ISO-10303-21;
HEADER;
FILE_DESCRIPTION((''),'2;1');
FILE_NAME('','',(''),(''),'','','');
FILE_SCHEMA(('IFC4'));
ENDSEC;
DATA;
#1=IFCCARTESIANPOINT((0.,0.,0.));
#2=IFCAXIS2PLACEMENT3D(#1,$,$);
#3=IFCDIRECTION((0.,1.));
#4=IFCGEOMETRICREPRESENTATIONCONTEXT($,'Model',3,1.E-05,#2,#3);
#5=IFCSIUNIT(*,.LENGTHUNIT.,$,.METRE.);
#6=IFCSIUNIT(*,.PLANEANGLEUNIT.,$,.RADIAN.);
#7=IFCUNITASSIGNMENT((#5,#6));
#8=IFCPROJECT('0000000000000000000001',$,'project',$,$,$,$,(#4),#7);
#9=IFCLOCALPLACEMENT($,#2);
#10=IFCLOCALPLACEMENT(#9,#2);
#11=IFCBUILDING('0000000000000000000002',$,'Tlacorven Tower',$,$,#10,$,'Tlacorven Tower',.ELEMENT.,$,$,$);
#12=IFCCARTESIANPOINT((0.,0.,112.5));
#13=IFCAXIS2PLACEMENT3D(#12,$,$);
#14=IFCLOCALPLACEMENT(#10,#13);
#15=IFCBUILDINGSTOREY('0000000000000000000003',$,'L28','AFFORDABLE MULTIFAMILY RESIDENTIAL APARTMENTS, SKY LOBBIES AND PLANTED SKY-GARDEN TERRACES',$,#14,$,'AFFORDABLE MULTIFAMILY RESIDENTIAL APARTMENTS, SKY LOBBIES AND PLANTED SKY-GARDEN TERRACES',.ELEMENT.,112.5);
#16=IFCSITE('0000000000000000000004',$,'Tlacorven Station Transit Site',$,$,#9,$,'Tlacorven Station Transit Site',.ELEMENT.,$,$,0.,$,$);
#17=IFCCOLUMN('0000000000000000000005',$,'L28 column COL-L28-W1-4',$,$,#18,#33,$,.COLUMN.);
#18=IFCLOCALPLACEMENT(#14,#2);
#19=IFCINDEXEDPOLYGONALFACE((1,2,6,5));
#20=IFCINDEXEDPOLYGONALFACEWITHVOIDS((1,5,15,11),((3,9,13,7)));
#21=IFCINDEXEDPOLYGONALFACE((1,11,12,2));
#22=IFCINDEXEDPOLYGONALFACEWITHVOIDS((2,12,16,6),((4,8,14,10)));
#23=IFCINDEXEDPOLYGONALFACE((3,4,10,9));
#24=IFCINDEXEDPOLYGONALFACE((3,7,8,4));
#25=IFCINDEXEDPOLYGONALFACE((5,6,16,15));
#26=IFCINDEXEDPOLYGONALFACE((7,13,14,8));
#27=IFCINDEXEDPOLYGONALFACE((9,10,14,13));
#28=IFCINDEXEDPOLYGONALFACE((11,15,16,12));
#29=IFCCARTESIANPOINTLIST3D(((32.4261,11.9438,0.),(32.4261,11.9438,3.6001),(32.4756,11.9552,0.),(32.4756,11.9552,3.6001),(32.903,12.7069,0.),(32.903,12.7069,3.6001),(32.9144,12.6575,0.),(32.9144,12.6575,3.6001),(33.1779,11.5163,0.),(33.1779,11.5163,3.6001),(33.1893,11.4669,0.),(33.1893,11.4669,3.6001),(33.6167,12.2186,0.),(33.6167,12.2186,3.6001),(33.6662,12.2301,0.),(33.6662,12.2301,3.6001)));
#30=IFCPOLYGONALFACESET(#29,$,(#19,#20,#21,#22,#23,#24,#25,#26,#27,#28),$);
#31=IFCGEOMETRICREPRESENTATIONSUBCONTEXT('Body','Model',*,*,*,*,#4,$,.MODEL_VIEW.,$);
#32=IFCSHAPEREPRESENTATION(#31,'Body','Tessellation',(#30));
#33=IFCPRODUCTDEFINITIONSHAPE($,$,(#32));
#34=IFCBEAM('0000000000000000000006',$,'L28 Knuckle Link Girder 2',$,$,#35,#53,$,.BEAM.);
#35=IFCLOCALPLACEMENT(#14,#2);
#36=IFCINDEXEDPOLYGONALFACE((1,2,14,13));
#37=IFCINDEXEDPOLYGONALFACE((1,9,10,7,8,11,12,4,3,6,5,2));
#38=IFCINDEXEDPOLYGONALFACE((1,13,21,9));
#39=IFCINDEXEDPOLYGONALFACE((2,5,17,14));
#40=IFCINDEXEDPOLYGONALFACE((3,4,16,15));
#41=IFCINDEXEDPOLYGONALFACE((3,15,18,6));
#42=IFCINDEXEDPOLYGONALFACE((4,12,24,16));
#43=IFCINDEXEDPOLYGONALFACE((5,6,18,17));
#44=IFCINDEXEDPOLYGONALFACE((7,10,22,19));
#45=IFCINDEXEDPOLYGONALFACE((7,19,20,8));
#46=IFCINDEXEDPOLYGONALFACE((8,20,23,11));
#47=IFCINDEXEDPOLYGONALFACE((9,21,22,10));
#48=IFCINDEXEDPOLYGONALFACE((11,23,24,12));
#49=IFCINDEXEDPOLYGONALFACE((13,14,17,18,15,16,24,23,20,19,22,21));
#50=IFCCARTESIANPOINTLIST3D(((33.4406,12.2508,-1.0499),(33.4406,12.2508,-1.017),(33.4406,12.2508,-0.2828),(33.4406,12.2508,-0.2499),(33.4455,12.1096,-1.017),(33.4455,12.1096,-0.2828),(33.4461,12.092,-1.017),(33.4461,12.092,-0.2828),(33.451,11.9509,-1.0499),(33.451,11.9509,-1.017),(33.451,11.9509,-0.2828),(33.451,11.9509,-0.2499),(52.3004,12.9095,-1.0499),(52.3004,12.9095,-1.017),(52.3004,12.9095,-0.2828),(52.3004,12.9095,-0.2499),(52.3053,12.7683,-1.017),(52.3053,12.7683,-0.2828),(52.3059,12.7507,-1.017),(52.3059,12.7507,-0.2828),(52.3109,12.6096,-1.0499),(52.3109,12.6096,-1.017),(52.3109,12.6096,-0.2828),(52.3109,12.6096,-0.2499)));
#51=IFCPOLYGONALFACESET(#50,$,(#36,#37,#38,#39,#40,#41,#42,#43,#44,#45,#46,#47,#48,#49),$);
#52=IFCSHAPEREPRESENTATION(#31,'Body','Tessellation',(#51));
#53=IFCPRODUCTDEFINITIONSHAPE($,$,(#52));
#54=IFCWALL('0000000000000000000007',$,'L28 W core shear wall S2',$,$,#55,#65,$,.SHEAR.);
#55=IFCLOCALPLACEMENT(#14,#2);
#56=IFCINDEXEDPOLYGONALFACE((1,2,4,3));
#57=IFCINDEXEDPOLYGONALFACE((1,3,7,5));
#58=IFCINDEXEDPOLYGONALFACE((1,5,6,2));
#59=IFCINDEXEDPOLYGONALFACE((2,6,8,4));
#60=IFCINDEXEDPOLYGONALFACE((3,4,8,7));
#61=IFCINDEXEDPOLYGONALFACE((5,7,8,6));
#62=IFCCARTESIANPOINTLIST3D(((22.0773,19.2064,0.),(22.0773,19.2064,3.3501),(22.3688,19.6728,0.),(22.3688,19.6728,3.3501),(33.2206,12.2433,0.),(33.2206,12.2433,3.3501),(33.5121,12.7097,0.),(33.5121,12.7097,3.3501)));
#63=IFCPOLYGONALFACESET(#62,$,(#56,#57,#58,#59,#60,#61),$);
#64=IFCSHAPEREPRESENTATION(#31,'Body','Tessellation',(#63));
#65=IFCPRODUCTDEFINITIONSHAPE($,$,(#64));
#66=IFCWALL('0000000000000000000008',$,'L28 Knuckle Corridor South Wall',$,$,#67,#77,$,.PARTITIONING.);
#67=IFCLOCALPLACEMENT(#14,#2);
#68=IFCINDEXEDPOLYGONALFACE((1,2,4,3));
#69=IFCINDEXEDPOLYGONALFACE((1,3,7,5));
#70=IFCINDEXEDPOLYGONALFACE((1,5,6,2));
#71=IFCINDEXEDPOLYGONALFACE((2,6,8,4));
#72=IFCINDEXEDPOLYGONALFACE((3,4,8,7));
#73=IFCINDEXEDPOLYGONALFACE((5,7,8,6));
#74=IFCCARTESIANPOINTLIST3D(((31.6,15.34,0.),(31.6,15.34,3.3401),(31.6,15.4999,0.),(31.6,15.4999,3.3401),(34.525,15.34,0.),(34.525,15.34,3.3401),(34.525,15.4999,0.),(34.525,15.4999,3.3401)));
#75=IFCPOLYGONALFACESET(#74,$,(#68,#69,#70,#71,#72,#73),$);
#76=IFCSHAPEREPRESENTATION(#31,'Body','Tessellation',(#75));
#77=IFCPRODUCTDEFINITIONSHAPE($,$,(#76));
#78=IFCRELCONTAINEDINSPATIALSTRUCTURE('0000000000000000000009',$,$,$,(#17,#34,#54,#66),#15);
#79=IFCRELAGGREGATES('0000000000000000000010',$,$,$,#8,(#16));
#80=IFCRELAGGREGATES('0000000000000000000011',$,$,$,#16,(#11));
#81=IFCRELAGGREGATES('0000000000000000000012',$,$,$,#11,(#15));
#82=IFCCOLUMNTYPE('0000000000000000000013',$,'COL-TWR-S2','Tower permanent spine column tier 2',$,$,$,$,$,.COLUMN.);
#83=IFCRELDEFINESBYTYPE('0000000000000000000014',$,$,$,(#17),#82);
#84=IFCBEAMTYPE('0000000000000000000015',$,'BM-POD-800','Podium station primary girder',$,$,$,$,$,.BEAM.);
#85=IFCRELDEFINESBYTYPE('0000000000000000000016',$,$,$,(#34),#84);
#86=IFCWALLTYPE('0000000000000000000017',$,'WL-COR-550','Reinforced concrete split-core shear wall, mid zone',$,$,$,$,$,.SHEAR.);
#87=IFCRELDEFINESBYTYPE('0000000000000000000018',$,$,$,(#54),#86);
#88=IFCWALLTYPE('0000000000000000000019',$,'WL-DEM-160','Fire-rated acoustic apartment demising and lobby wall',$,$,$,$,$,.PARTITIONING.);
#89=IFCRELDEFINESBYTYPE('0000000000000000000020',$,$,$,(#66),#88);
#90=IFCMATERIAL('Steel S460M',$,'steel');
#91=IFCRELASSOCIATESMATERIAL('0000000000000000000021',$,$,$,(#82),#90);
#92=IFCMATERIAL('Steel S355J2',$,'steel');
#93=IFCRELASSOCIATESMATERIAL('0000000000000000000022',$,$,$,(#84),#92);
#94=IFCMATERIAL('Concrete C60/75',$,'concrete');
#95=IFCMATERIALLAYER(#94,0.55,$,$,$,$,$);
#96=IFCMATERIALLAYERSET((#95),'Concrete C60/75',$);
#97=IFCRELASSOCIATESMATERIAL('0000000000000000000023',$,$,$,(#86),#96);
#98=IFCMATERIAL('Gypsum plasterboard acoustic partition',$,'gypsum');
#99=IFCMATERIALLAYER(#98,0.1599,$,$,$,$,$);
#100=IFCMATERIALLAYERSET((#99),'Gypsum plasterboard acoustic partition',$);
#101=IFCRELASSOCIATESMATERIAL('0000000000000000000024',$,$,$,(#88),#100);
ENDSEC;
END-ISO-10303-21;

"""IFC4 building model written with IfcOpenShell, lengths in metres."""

from ifc_helpers import new_model, si_unit, direction, frame, frame_2d, origin, origin_2d, place, context, subcontext, project, spatial, rectangle, hollow_rectangle, i_section, extrude, source, transform, mapped, material, layer, layer_set, material_profile, profile_set, type_object, element, save


model = new_model("IFC4")

# Units and contexts
model_context = context("Model", 3, precision=1e-05, world=origin(), true_north=direction((0.0, 1.0)))
body_context = subcontext(model_context, "Body", "Model", "MODEL_VIEW")
ifc_project = project(units=[si_unit("LENGTHUNIT", "METRE"), si_unit("PLANEANGLEUNIT", "RADIAN")], contexts=[model_context])

# Site, building, storey
site_placement = place(None, origin())
site = spatial("IfcSite", under=ifc_project, at=site_placement, Name="Tlacorven Station Transit Site", LongName="Tlacorven Station Transit Site", CompositionType="ELEMENT", RefElevation=0.0)
building_placement = place(site_placement, origin())
building = spatial("IfcBuilding", under=site, at=building_placement, Name="Tlacorven Tower", LongName="Tlacorven Tower", CompositionType="ELEMENT")
storey_placement = place(building_placement, frame((0.0, 0.0, 112.5)))
storey = spatial("IfcBuildingStorey", under=building, at=storey_placement, Name="L28", Description="AFFORDABLE MULTIFAMILY RESIDENTIAL APARTMENTS, SKY LOBBIES AND PLANTED SKY-GARDEN TERRACES", LongName="AFFORDABLE MULTIFAMILY RESIDENTIAL APARTMENTS, SKY LOBBIES AND PLANTED SKY-GARDEN TERRACES", CompositionType="ELEMENT", Elevation=112.5)

# Column
ifc_material_1 = material(Name="Steel S460M", Category="steel")
ifc_material_profile_1 = material_profile(ifc_material_1, hollow_rectangle(XDim=0.8999, YDim=0.8999, WallThickness=0.0359, at=origin_2d()), Name="BOX 900X900X36")
ifc_profile_set_1 = profile_set([ifc_material_profile_1], Name="Steel S460M")
column_type = type_object("IfcColumnType", Name="COL-TWR-S2", Description="Tower permanent spine column tier 2", PredefinedType="COLUMN", material=ifc_profile_set_1)
shared_shape_1 = source(origin(), body_context, "Body", "SweptSolid", [
    extrude(hollow_rectangle(XDim=0.8999, YDim=0.8999, WallThickness=0.0359, at=origin_2d()), origin(), (0.0, 0.0, 1.0), 3.6001),
])
column_placement = place(storey_placement, frame((33.0461, 12.0869, 0.0), z_axis=(0.0, 0.0, 1.0), x_axis=(-0.848048, 0.529919, 0.0)))
element("IfcColumn", 1, at=column_placement, inside=storey, type_object=column_type, Name="L28 column COL-L28-W1-4", PredefinedType="COLUMN", context=body_context, shape_type="MappedRepresentation", body=[
    mapped(shared_shape_1, transform((0.0, 0.0, 0.0), scale=1.0)),
])

# Beam
ifc_material_2 = material(Name="Steel S355J2", Category="steel")
ifc_material_profile_2 = material_profile(ifc_material_2, i_section(OverallWidth=0.3, OverallDepth=0.8, WebThickness=0.0176, FlangeThickness=0.033, at=origin_2d()), Name="HEB 800")
ifc_profile_set_2 = profile_set([ifc_material_profile_2], Name="Steel S355J2")
beam_type = type_object("IfcBeamType", Name="BM-POD-800", Description="Podium station primary girder", PredefinedType="BEAM", material=ifc_profile_set_2)
shared_shape_2 = source(origin(), body_context, "Body", "SweptSolid", [
    extrude(i_section(OverallWidth=0.3, OverallDepth=0.8, WebThickness=0.0176, FlangeThickness=0.033, at=origin_2d()), origin(), (0.0, 0.0, 1.0), 18.8713),
])
beam_placement = place(storey_placement, frame((33.4458, 12.1008, -0.6499), z_axis=(0.999391, 0.034904, 0.0), x_axis=(-0.034904, 0.999391, 0.0)))
element("IfcBeam", 2, at=beam_placement, inside=storey, type_object=beam_type, Name="L28 Knuckle Link Girder 2", PredefinedType="BEAM", context=body_context, shape_type="MappedRepresentation", body=[
    mapped(shared_shape_2, transform((0.0, 0.0, 0.0), scale=1.0)),
])

# Walls
ifc_material_3 = material(Name="Concrete C60/75", Category="concrete")
ifc_layer_1 = layer(ifc_material_3, 0.55)
ifc_layer_set_1 = layer_set([ifc_layer_1], Name="Concrete C60/75")
wall_type_1 = type_object("IfcWallType", Name="WL-COR-550", Description="Reinforced concrete split-core shear wall, mid zone", PredefinedType="SHEAR", material=ifc_layer_set_1)
wall_1_placement = place(storey_placement, frame((33.3662, 12.4766, 0.0), z_axis=(0.0, 0.0, 1.0), x_axis=(-0.848047, 0.52992, 0.0)))
element("IfcWall", 3, at=wall_1_placement, inside=storey, type_object=wall_type_1, Name="L28 W core shear wall S2", PredefinedType="SHEAR", context=body_context, shape_type="SweptSolid", body=[
    extrude(rectangle(XDim=13.1399, YDim=0.55, at=frame_2d((6.5698, 0.0))), origin(), (0.0, 0.0, 1.0), 3.3501),
])
ifc_material_4 = material(Name="Gypsum plasterboard acoustic partition", Category="gypsum")
ifc_layer_2 = layer(ifc_material_4, 0.1599)
ifc_layer_set_2 = layer_set([ifc_layer_2], Name="Gypsum plasterboard acoustic partition")
wall_type_2 = type_object("IfcWallType", Name="WL-DEM-160", Description="Fire-rated acoustic apartment demising and lobby wall", PredefinedType="PARTITIONING", material=ifc_layer_set_2)
wall_2_placement = place(storey_placement, frame((31.6001, 15.4199, 0.0), z_axis=(0.0, 0.0, 1.0), x_axis=(1.0, 0.0, 0.0)))
element("IfcWall", 4, at=wall_2_placement, inside=storey, type_object=wall_type_2, Name="L28 Knuckle Corridor South Wall", PredefinedType="PARTITIONING", context=body_context, shape_type="SweptSolid", body=[
    extrude(rectangle(XDim=2.925, YDim=0.1599, at=frame_2d((1.4624, 0.0))), origin(), (0.0, 0.0, 1.0), 3.3401),
])

save(model, "model.ifc")
